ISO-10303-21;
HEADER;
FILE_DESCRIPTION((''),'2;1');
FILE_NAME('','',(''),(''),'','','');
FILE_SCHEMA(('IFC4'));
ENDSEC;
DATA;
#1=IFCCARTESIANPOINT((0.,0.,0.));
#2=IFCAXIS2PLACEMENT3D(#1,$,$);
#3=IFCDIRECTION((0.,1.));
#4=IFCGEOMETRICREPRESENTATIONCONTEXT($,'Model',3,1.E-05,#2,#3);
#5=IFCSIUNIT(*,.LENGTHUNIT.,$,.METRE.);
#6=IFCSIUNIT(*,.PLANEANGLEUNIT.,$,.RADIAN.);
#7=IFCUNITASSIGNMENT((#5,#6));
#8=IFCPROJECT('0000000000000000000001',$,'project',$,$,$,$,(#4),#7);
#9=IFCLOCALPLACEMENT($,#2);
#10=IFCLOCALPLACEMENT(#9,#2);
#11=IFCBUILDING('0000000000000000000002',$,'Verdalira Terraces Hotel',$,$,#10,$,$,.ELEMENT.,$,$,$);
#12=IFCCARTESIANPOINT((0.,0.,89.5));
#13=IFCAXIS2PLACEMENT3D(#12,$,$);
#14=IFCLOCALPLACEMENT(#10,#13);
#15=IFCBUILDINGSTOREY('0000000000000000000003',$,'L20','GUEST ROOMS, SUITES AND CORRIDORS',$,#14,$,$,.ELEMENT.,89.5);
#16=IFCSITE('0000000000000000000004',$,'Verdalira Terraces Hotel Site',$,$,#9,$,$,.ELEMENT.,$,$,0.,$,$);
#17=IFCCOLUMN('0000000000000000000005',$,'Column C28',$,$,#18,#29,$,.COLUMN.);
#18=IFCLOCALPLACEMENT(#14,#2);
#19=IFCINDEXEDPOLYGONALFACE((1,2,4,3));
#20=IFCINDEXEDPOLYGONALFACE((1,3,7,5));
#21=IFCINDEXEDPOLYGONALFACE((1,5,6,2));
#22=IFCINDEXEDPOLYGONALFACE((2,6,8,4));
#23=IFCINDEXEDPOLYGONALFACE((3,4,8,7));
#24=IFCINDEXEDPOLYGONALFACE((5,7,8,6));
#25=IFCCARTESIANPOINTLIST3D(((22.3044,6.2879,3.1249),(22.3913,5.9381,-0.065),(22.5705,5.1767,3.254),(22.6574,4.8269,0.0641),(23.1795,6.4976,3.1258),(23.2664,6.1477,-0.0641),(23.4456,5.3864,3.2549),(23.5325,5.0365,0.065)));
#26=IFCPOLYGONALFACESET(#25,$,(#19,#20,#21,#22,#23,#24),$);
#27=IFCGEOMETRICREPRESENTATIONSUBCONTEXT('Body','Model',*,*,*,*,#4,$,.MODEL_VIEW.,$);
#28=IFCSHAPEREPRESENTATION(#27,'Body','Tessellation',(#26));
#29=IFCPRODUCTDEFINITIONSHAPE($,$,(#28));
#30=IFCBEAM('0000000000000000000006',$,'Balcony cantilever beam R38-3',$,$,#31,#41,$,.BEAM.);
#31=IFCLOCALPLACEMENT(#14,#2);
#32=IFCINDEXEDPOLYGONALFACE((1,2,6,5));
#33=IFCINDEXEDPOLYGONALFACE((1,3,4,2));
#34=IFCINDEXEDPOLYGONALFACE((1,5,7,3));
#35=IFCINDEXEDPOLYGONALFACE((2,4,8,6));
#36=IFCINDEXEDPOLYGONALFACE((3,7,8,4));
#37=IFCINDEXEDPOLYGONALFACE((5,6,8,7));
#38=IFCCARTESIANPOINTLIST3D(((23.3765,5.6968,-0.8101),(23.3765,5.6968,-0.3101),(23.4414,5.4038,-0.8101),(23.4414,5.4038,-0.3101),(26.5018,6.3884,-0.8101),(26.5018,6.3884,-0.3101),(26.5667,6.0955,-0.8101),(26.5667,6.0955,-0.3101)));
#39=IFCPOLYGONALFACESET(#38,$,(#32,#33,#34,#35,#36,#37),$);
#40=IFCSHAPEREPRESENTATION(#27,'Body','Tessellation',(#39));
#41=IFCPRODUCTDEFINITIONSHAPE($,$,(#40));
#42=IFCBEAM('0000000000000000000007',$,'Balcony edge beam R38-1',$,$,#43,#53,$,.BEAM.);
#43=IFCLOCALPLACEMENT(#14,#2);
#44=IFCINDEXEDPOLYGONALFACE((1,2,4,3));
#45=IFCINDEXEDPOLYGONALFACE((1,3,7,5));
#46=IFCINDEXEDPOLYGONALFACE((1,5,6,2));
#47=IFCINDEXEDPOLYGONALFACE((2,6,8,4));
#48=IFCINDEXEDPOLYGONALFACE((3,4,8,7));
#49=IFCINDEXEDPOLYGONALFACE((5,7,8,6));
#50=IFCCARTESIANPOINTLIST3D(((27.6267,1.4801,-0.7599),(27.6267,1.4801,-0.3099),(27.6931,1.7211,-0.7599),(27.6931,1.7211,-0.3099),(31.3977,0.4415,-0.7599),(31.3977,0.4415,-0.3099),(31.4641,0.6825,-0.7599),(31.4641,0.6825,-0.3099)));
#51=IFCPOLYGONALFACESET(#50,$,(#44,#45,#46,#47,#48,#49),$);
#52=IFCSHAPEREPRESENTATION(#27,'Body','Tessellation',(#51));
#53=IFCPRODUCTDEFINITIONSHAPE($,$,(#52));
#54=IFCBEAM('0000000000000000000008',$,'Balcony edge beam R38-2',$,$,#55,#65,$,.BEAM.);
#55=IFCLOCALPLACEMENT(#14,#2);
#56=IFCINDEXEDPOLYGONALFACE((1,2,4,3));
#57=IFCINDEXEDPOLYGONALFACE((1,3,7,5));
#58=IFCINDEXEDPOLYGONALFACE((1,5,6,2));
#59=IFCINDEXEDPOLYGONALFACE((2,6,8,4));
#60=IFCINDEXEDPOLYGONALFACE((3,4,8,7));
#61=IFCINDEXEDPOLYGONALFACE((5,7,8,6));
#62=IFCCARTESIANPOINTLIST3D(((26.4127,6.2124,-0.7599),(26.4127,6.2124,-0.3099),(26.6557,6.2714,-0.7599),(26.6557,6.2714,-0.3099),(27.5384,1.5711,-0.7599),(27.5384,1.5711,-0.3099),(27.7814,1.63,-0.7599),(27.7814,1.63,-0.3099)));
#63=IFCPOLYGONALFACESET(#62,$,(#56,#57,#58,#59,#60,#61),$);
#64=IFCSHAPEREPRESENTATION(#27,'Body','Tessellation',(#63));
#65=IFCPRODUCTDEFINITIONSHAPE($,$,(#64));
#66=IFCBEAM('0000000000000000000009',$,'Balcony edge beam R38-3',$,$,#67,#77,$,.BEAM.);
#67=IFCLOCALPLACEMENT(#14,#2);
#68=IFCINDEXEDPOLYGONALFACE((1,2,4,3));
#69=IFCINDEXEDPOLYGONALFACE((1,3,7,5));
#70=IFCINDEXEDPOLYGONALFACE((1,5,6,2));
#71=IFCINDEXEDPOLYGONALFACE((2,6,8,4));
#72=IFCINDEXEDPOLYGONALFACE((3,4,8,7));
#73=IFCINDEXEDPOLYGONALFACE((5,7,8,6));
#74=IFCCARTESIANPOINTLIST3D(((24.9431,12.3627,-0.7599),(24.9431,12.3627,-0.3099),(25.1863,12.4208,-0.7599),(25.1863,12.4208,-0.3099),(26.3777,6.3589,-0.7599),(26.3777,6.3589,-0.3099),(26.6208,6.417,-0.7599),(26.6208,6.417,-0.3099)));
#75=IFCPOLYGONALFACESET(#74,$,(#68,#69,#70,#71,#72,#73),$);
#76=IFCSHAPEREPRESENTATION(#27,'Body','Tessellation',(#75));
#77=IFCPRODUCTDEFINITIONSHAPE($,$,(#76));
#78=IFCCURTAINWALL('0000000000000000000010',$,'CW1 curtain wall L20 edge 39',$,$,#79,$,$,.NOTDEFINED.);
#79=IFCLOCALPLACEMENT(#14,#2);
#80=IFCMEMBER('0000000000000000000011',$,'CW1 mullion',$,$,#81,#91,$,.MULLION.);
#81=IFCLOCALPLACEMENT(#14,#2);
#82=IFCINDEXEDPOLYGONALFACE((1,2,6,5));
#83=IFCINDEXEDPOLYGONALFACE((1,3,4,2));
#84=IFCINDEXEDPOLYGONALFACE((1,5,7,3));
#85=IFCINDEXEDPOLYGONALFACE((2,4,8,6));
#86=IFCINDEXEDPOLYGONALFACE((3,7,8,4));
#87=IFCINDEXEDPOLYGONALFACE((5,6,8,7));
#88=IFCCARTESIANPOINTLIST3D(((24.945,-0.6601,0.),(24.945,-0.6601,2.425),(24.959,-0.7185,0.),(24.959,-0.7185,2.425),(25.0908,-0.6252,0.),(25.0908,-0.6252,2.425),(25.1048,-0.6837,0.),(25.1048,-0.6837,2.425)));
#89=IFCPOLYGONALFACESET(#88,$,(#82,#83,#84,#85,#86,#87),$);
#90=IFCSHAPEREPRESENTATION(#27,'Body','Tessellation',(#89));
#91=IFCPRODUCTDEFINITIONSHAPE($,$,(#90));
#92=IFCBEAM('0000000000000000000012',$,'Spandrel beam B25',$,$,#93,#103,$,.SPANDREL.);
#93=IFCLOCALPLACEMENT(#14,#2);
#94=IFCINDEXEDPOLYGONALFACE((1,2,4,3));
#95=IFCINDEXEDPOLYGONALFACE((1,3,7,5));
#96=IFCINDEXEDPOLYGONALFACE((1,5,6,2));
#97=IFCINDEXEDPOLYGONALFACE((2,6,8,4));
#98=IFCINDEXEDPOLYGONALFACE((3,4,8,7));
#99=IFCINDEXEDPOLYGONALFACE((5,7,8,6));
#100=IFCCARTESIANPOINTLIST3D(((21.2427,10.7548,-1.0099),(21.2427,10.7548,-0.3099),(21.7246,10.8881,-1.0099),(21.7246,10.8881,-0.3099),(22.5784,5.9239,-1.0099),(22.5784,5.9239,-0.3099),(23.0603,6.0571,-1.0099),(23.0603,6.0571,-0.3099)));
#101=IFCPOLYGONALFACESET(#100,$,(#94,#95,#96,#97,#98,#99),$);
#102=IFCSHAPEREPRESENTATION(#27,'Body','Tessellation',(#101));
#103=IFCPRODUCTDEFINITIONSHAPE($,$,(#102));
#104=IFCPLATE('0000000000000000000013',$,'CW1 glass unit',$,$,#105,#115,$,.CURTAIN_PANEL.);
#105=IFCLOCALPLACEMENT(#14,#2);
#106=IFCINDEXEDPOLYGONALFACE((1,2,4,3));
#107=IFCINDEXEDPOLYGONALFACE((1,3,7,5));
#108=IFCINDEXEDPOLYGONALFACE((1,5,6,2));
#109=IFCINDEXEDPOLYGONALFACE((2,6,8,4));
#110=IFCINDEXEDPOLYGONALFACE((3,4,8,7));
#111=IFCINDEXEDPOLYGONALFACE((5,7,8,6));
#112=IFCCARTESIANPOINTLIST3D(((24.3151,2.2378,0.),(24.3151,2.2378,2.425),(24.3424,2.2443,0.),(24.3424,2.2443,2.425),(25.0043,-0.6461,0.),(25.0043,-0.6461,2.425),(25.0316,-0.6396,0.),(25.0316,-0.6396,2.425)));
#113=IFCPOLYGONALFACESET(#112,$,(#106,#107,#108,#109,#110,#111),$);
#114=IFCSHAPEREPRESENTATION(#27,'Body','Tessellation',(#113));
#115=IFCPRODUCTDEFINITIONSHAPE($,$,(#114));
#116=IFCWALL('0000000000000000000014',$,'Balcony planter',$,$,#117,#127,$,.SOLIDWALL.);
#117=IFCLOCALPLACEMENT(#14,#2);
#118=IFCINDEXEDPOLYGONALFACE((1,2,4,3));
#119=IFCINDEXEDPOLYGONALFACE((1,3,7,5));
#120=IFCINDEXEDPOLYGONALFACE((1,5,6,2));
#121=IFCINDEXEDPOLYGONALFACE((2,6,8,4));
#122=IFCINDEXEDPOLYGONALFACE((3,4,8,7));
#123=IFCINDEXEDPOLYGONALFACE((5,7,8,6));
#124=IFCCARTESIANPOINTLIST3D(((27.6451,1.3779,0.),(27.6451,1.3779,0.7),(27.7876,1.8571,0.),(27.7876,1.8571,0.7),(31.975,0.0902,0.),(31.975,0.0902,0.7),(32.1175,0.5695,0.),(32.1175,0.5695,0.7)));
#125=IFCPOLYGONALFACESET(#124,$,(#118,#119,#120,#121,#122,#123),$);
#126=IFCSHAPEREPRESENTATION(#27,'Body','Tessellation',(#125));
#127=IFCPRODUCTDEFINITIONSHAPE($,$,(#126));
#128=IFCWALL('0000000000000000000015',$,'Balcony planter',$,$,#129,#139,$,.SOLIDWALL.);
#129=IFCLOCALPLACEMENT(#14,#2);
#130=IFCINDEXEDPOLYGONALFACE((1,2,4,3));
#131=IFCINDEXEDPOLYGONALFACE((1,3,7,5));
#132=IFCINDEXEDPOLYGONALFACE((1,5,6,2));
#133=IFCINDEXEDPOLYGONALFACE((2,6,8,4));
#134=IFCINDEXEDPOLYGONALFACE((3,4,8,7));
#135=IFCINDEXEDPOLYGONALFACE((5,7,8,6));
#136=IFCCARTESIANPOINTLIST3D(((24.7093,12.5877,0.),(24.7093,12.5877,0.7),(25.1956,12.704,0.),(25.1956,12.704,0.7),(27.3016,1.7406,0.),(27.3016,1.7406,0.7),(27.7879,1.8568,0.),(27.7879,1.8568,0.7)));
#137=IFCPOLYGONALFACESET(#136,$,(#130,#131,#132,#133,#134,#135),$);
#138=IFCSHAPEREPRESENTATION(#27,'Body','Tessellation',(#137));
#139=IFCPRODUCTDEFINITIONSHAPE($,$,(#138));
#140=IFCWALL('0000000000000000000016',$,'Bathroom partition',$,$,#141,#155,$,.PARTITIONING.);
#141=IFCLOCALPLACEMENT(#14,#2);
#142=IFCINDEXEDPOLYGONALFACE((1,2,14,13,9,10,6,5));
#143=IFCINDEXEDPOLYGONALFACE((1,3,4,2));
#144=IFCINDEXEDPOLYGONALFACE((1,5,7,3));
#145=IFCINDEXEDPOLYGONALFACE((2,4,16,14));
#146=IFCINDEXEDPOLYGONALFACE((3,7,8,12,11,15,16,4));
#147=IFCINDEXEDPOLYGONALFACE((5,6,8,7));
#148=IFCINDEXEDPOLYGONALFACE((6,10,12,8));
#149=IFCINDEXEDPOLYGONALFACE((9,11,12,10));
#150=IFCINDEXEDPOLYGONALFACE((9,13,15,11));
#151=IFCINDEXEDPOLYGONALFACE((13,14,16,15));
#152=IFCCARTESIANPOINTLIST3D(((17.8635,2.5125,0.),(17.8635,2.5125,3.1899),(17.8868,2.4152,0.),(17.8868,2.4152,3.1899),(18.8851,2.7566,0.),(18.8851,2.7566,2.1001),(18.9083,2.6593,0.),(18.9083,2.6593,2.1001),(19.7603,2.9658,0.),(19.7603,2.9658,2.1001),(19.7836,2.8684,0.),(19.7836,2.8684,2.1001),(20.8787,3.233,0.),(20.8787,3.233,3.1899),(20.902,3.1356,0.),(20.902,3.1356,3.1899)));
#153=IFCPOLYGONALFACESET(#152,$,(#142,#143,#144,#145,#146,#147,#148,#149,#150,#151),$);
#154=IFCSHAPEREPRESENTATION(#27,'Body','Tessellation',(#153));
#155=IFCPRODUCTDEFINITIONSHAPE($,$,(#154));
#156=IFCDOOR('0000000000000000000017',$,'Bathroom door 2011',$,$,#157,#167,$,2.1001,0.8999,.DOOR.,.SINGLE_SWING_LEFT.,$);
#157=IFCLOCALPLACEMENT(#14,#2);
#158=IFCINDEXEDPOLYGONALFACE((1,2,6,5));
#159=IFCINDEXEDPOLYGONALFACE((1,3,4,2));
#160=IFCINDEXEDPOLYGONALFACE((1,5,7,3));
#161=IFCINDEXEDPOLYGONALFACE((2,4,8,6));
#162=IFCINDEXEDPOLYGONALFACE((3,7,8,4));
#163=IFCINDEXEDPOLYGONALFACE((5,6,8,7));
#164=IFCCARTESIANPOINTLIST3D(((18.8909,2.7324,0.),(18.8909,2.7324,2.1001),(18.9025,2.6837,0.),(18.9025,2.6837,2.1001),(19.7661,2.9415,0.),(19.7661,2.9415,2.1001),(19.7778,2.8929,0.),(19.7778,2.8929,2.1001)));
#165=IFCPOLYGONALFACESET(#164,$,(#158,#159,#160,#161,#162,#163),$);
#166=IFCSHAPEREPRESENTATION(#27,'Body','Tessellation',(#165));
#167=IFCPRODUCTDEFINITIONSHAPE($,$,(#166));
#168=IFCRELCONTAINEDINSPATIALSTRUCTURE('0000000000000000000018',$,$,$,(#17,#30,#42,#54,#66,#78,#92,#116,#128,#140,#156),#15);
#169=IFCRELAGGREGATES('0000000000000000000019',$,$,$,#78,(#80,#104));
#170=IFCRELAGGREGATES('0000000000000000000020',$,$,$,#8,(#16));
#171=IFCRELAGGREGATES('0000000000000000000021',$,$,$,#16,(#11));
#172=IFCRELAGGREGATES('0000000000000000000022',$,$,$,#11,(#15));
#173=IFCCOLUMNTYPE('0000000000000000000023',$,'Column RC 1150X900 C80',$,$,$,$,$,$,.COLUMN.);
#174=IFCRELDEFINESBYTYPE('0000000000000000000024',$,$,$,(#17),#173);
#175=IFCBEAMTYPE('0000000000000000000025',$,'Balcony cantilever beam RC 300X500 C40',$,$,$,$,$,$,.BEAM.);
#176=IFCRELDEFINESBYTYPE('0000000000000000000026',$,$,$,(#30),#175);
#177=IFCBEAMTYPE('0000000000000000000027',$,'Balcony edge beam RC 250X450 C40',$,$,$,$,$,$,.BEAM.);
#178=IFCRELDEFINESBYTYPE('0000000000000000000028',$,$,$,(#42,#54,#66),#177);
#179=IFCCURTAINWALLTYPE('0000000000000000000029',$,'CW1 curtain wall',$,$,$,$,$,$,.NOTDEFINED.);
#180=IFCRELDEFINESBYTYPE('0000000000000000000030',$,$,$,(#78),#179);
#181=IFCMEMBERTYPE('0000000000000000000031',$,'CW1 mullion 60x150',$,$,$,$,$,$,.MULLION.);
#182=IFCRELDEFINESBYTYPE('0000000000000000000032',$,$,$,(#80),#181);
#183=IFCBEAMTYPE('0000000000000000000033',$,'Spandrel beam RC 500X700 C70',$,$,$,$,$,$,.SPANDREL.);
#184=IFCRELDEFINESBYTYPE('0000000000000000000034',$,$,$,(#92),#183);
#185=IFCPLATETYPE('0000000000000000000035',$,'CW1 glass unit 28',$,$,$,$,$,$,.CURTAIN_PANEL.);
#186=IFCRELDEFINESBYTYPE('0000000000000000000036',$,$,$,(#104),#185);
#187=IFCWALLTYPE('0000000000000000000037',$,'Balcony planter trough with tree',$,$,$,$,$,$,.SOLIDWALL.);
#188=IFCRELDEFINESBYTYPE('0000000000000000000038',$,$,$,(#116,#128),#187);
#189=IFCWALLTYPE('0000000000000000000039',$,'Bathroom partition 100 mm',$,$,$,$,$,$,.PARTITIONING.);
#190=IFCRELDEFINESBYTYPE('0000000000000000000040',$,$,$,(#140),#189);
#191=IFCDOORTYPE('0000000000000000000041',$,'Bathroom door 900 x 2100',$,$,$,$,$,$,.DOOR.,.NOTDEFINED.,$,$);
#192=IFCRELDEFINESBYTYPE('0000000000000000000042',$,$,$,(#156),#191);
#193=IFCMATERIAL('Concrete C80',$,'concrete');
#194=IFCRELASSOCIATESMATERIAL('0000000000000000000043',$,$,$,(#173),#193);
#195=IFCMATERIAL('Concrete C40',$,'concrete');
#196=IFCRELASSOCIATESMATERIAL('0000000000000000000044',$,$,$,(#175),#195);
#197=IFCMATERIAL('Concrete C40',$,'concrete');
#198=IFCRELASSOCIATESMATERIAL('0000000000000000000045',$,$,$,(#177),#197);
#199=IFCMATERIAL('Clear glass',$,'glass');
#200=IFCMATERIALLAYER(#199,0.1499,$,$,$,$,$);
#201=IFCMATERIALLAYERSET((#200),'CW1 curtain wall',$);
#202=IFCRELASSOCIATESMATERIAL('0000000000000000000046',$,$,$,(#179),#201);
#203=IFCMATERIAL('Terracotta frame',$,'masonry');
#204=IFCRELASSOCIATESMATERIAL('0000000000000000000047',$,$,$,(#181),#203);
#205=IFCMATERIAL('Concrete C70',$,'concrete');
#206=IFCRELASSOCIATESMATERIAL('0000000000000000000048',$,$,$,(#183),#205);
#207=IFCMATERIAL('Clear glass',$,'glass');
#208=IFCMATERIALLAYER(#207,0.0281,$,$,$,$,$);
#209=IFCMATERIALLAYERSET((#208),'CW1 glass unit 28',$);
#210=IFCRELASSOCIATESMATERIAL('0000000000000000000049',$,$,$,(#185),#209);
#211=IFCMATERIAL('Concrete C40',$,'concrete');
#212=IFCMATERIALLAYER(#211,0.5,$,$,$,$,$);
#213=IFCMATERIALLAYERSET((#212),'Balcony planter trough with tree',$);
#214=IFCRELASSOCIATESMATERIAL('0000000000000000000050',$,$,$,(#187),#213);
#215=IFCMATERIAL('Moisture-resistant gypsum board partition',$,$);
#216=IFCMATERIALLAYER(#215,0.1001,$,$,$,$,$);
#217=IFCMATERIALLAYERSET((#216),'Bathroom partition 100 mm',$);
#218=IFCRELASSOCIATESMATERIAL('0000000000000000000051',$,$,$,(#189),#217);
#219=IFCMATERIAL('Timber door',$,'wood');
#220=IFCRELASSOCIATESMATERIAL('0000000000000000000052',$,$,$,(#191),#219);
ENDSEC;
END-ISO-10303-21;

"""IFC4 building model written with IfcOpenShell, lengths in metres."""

from ifc_helpers import new_model, si_unit, direction, frame, frame_2d, origin, origin_2d, place, context, subcontext, project, spatial, rectangle, extrude, material, layer, layer_set, material_profile, profile_set, type_object, element, fill, aggregate, save


model = new_model("IFC4")

# Units and contexts
model_context = context("Model", 3, precision=1e-05, world=origin(), true_north=direction((0.0, 1.0)))
body_context = subcontext(model_context, "Body", "Model", "MODEL_VIEW")
ifc_project = project(units=[si_unit("LENGTHUNIT", "METRE"), si_unit("PLANEANGLEUNIT", "RADIAN")], contexts=[model_context])

# Site, building, storey
site_placement = place(None, origin())
site = spatial("IfcSite", under=ifc_project, at=site_placement, Name="Verdalira Terraces Hotel Site", CompositionType="ELEMENT", RefElevation=0.0)
building_placement = place(site_placement, origin())
building = spatial("IfcBuilding", under=site, at=building_placement, Name="Verdalira Terraces Hotel", CompositionType="ELEMENT")
storey_placement = place(building_placement, frame((0.0, 0.0, 89.5)))
storey = spatial("IfcBuildingStorey", under=building, at=storey_placement, Name="L20", Description="GUEST ROOMS, SUITES AND CORRIDORS", CompositionType="ELEMENT", Elevation=89.5)

# Column
ifc_material_1 = material(Name="Concrete C80", Category="concrete")
ifc_material_profile_1 = material_profile(ifc_material_1, rectangle(XDim=1.1499, YDim=0.8999, at=origin_2d()), Name="RC 1150X900")
ifc_profile_set_1 = profile_set([ifc_material_profile_1], Name="Concrete C80")
column_type = type_object("IfcColumnType", Name="Column RC 1150X900 C80", PredefinedType="COLUMN", material=ifc_profile_set_1)
column_placement = place(storey_placement, frame((22.9619, 5.4873, 0.0), z_axis=(-0.027074, 0.10898, 0.993675), x_axis=(-0.231385, 0.96636, -0.112289)))
element("IfcColumn", 1, at=column_placement, inside=storey, type_object=column_type, Name="Column C28", PredefinedType="COLUMN", context=body_context, shape_type="SweptSolid", body=[
    extrude(rectangle(XDim=1.1499, YDim=0.8999, at=origin_2d()), origin(), (0.0, 0.0, 1.0), 3.2102),
])

# Beams
ifc_material_2 = material(Name="Concrete C40", Category="concrete")
ifc_material_profile_2 = material_profile(ifc_material_2, rectangle(XDim=0.3, YDim=0.5, at=origin_2d()), Name="RC 300X500")
ifc_profile_set_2 = profile_set([ifc_material_profile_2], Name="Concrete C40")
beam_type_1 = type_object("IfcBeamType", Name="Balcony cantilever beam RC 300X500 C40", PredefinedType="BEAM", material=ifc_profile_set_2)
beam_1_placement = place(storey_placement, frame((23.4089, 5.5503, -0.5601), z_axis=(0.976375, 0.216082, 0.0), x_axis=(-0.216082, 0.976375, 0.0)))
element("IfcBeam", 2, at=beam_1_placement, inside=storey, type_object=beam_type_1, Name="Balcony cantilever beam R38-3", PredefinedType="BEAM", context=body_context, shape_type="SweptSolid", body=[
    extrude(rectangle(XDim=0.3, YDim=0.5, at=origin_2d()), origin(), (0.0, 0.0, 1.0), 3.2009),
])
ifc_material_3 = material(Name="Concrete C40", Category="concrete")
ifc_material_profile_3 = material_profile(ifc_material_3, rectangle(XDim=0.25, YDim=0.45, at=origin_2d()), Name="RC 250X450")
ifc_profile_set_3 = profile_set([ifc_material_profile_3], Name="Concrete C40")
beam_type_2 = type_object("IfcBeamType", Name="Balcony edge beam RC 250X450 C40", PredefinedType="BEAM", material=ifc_profile_set_3)
beam_2_placement = place(storey_placement, frame((31.4309, 0.562, -0.5349), z_axis=(-0.964104, 0.265525, 0.0), x_axis=(-0.265525, -0.964104, 0.0)))
element("IfcBeam", 3, at=beam_2_placement, inside=storey, type_object=beam_type_2, Name="Balcony edge beam R38-1", PredefinedType="BEAM", context=body_context, shape_type="SweptSolid", body=[
    extrude(rectangle(XDim=0.25, YDim=0.45, at=origin_2d()), origin(), (0.0, 0.0, 1.0), 3.9114),
])
beam_3_placement = place(storey_placement, frame((27.6599, 1.6006, -0.5349), z_axis=(-0.23571, 0.971823, 0.0), x_axis=(-0.971823, -0.23571, 0.0)))
element("IfcBeam", 4, at=beam_3_placement, inside=storey, type_object=beam_type_2, Name="Balcony edge beam R38-2", PredefinedType="BEAM", context=body_context, shape_type="SweptSolid", body=[
    extrude(rectangle(XDim=0.25, YDim=0.45, at=origin_2d()), origin(), (0.0, 0.0, 1.0), 4.7759),
])
beam_4_placement = place(storey_placement, frame((26.4993, 6.3879, -0.5349), z_axis=(-0.232398, 0.972621, 0.0), x_axis=(-0.972621, -0.232398, 0.0)))
element("IfcBeam", 5, at=beam_4_placement, inside=storey, type_object=beam_type_2, Name="Balcony edge beam R38-3", PredefinedType="BEAM", context=body_context, shape_type="SweptSolid", body=[
    extrude(rectangle(XDim=0.25, YDim=0.45, at=origin_2d()), origin(), (0.0, 0.0, 1.0), 6.1729),
])

# Curtain wall, member
ifc_material_4 = material(Name="Clear glass", Category="glass")
ifc_layer_1 = layer(ifc_material_4, 0.1499)
ifc_layer_set_1 = layer_set([ifc_layer_1], Name="CW1 curtain wall")
curtain_wall_type = type_object("IfcCurtainWallType", Name="CW1 curtain wall", PredefinedType="NOTDEFINED", material=ifc_layer_set_1)
curtain_wall_placement = place(storey_placement, origin())
curtain_wall = element("IfcCurtainWall", 6, at=curtain_wall_placement, inside=storey, type_object=curtain_wall_type, Name="CW1 curtain wall L20 edge 39", PredefinedType="NOTDEFINED")
ifc_material_5 = material(Name="Terracotta frame", Category="masonry")
ifc_material_profile_4 = material_profile(ifc_material_5, rectangle(XDim=0.0601, YDim=0.1499, at=origin_2d()), Name="MU 60x150")
ifc_profile_set_4 = profile_set([ifc_material_profile_4], Name="Terracotta frame")
member_type = type_object("IfcMemberType", Name="CW1 mullion 60x150", PredefinedType="MULLION", material=ifc_profile_set_4)
member_placement = place(storey_placement, frame((25.0249, -0.6719, 0.0), z_axis=(0.0, 0.0, 1.0), x_axis=(-0.232427, 0.972614, 0.0)))
member = element("IfcMember", 7, at=member_placement, type_object=member_type, Name="CW1 mullion", PredefinedType="MULLION", context=body_context, shape_type="SweptSolid", body=[
    extrude(rectangle(XDim=0.0601, YDim=0.1499, at=origin_2d()), origin(), (0.0, 0.0, 1.0), 2.425),
])

# Beam
ifc_material_6 = material(Name="Concrete C70", Category="concrete")
ifc_material_profile_5 = material_profile(ifc_material_6, rectangle(XDim=0.5, YDim=0.7, at=origin_2d()), Name="RC 500X700")
ifc_profile_set_5 = profile_set([ifc_material_profile_5], Name="Concrete C70")
beam_type_3 = type_object("IfcBeamType", Name="Spandrel beam RC 500X700 C70", PredefinedType="SPANDREL", material=ifc_profile_set_5)
beam_5_placement = place(storey_placement, frame((22.8193, 5.9905, -0.6599), z_axis=(-0.266483, 0.96384, 0.0), x_axis=(-0.96384, -0.266483, 0.0)))
element("IfcBeam", 8, at=beam_5_placement, inside=storey, type_object=beam_type_3, Name="Spandrel beam B25", PredefinedType="SPANDREL", context=body_context, shape_type="SweptSolid", body=[
    extrude(rectangle(XDim=0.5, YDim=0.7, at=origin_2d()), origin(), (0.0, 0.0, 1.0), 5.0122),
])

# Plate
ifc_material_7 = material(Name="Clear glass", Category="glass")
ifc_layer_2 = layer(ifc_material_7, 0.0281)
ifc_layer_set_2 = layer_set([ifc_layer_2], Name="CW1 glass unit 28")
plate_type = type_object("IfcPlateType", Name="CW1 glass unit 28", PredefinedType="CURTAIN_PANEL", material=ifc_layer_set_2)
plate_placement = place(storey_placement, frame((24.6733, 0.7991, 0.0), z_axis=(0.0, 0.0, 1.0), x_axis=(-0.232427, 0.972614, 0.0)))
plate = element("IfcPlate", 9, at=plate_placement, type_object=plate_type, Name="CW1 glass unit", PredefinedType="CURTAIN_PANEL", context=body_context, shape_type="SweptSolid", body=[
    extrude(rectangle(XDim=2.9651, YDim=0.0281, at=origin_2d()), origin(), (0.0, 0.0, 1.0), 2.425),
])
aggregate(curtain_wall, [member, plate])

# Walls
ifc_material_8 = material(Name="Concrete C40", Category="concrete")
ifc_layer_3 = layer(ifc_material_8, 0.5)
ifc_layer_set_3 = layer_set([ifc_layer_3], Name="Balcony planter trough with tree")
wall_type_1 = type_object("IfcWallType", Name="Balcony planter trough with tree", PredefinedType="SOLIDWALL", material=ifc_layer_set_3)
wall_1_placement = place(storey_placement, frame((32.0464, 0.3298, 0.0), z_axis=(0.0, 0.0, 1.0), x_axis=(-0.958515, 0.285041, 0.0)))
element("IfcWall", 10, at=wall_1_placement, inside=storey, type_object=wall_type_1, Name="Balcony planter", PredefinedType="SOLIDWALL", context=body_context, shape_type="SweptSolid", body=[
    extrude(rectangle(XDim=4.5173, YDim=0.5, at=frame_2d((2.2588, 0.0))), origin(), (0.0, 0.0, 1.0), 0.7),
])
wall_2_placement = place(storey_placement, frame((27.5447, 1.7988, 0.0), z_axis=(0.0, 0.0, 1.0), x_axis=(-0.232437, 0.972611, 0.0)))
element("IfcWall", 11, at=wall_2_placement, inside=storey, type_object=wall_type_1, Name="Balcony planter", PredefinedType="SOLIDWALL", context=body_context, shape_type="SweptSolid", body=[
    extrude(rectangle(XDim=11.1526, YDim=0.5, at=frame_2d((5.5762, 0.0))), origin(), (0.0, 0.0, 1.0), 0.7),
])

# Wall, opening, door
ifc_material_9 = material(Name="Moisture-resistant gypsum board partition")
ifc_layer_4 = layer(ifc_material_9, 0.1001)
ifc_layer_set_4 = layer_set([ifc_layer_4], Name="Bathroom partition 100 mm")
wall_type_2 = type_object("IfcWallType", Name="Bathroom partition 100 mm", PredefinedType="PARTITIONING", material=ifc_layer_set_4)
wall_3_placement = place(storey_placement, frame((20.8904, 3.1843, 0.0), z_axis=(0.0, 0.0, 1.0), x_axis=(-0.972619, -0.232405, 0.0)))
wall_3 = element("IfcWall", 12, at=wall_3_placement, inside=storey, type_object=wall_type_2, Name="Bathroom partition", PredefinedType="PARTITIONING", context=body_context, shape_type="SweptSolid", body=[
    extrude(rectangle(XDim=3.1001, YDim=0.1001, at=frame_2d((1.55, 0.0))), origin(), (0.0, 0.0, 1.0), 3.1899),
])
opening_1_placement = place(wall_3_placement, frame((1.1499, 0.0, 0.0)))
opening_1 = element("IfcOpeningElement", 13, at=opening_1_placement, cuts=wall_3, PredefinedType="OPENING", context=body_context, shape_type="SweptSolid", body=[
    extrude(rectangle(XDim=0.8999, YDim=2.1001, at=frame_2d((0.45, 1.05))), frame((0.0, 0.0601, 0.0), z_axis=(0.0, -1.0, 0.0), x_axis=(1.0, 0.0, 0.0)), (0.0, 0.0, 1.0), 0.1201),
])
ifc_material_10 = material(Name="Timber door", Category="wood")
door_type_1 = type_object("IfcDoorType", Name="Bathroom door 900 x 2100", OperationType="NOTDEFINED", PredefinedType="DOOR", material=ifc_material_10)
door_1_placement = place(opening_1_placement, origin())
door_1 = element("IfcDoor", 14, at=door_1_placement, inside=storey, type_object=door_type_1, Name="Bathroom door 2011", OperationType="SINGLE_SWING_LEFT", OverallHeight=2.1001, OverallWidth=0.8999, PredefinedType="DOOR", context=body_context, shape_type="SweptSolid", body=[
    extrude(rectangle(XDim=0.8999, YDim=2.1001, at=frame_2d((0.45, 1.05))), frame((0.0, 0.0249, 0.0), z_axis=(0.0, -1.0, 0.0), x_axis=(1.0, 0.0, 0.0)), (0.0, 0.0, 1.0), 0.05),
])
fill(opening_1, door_1)

save(model, "model.ifc")
